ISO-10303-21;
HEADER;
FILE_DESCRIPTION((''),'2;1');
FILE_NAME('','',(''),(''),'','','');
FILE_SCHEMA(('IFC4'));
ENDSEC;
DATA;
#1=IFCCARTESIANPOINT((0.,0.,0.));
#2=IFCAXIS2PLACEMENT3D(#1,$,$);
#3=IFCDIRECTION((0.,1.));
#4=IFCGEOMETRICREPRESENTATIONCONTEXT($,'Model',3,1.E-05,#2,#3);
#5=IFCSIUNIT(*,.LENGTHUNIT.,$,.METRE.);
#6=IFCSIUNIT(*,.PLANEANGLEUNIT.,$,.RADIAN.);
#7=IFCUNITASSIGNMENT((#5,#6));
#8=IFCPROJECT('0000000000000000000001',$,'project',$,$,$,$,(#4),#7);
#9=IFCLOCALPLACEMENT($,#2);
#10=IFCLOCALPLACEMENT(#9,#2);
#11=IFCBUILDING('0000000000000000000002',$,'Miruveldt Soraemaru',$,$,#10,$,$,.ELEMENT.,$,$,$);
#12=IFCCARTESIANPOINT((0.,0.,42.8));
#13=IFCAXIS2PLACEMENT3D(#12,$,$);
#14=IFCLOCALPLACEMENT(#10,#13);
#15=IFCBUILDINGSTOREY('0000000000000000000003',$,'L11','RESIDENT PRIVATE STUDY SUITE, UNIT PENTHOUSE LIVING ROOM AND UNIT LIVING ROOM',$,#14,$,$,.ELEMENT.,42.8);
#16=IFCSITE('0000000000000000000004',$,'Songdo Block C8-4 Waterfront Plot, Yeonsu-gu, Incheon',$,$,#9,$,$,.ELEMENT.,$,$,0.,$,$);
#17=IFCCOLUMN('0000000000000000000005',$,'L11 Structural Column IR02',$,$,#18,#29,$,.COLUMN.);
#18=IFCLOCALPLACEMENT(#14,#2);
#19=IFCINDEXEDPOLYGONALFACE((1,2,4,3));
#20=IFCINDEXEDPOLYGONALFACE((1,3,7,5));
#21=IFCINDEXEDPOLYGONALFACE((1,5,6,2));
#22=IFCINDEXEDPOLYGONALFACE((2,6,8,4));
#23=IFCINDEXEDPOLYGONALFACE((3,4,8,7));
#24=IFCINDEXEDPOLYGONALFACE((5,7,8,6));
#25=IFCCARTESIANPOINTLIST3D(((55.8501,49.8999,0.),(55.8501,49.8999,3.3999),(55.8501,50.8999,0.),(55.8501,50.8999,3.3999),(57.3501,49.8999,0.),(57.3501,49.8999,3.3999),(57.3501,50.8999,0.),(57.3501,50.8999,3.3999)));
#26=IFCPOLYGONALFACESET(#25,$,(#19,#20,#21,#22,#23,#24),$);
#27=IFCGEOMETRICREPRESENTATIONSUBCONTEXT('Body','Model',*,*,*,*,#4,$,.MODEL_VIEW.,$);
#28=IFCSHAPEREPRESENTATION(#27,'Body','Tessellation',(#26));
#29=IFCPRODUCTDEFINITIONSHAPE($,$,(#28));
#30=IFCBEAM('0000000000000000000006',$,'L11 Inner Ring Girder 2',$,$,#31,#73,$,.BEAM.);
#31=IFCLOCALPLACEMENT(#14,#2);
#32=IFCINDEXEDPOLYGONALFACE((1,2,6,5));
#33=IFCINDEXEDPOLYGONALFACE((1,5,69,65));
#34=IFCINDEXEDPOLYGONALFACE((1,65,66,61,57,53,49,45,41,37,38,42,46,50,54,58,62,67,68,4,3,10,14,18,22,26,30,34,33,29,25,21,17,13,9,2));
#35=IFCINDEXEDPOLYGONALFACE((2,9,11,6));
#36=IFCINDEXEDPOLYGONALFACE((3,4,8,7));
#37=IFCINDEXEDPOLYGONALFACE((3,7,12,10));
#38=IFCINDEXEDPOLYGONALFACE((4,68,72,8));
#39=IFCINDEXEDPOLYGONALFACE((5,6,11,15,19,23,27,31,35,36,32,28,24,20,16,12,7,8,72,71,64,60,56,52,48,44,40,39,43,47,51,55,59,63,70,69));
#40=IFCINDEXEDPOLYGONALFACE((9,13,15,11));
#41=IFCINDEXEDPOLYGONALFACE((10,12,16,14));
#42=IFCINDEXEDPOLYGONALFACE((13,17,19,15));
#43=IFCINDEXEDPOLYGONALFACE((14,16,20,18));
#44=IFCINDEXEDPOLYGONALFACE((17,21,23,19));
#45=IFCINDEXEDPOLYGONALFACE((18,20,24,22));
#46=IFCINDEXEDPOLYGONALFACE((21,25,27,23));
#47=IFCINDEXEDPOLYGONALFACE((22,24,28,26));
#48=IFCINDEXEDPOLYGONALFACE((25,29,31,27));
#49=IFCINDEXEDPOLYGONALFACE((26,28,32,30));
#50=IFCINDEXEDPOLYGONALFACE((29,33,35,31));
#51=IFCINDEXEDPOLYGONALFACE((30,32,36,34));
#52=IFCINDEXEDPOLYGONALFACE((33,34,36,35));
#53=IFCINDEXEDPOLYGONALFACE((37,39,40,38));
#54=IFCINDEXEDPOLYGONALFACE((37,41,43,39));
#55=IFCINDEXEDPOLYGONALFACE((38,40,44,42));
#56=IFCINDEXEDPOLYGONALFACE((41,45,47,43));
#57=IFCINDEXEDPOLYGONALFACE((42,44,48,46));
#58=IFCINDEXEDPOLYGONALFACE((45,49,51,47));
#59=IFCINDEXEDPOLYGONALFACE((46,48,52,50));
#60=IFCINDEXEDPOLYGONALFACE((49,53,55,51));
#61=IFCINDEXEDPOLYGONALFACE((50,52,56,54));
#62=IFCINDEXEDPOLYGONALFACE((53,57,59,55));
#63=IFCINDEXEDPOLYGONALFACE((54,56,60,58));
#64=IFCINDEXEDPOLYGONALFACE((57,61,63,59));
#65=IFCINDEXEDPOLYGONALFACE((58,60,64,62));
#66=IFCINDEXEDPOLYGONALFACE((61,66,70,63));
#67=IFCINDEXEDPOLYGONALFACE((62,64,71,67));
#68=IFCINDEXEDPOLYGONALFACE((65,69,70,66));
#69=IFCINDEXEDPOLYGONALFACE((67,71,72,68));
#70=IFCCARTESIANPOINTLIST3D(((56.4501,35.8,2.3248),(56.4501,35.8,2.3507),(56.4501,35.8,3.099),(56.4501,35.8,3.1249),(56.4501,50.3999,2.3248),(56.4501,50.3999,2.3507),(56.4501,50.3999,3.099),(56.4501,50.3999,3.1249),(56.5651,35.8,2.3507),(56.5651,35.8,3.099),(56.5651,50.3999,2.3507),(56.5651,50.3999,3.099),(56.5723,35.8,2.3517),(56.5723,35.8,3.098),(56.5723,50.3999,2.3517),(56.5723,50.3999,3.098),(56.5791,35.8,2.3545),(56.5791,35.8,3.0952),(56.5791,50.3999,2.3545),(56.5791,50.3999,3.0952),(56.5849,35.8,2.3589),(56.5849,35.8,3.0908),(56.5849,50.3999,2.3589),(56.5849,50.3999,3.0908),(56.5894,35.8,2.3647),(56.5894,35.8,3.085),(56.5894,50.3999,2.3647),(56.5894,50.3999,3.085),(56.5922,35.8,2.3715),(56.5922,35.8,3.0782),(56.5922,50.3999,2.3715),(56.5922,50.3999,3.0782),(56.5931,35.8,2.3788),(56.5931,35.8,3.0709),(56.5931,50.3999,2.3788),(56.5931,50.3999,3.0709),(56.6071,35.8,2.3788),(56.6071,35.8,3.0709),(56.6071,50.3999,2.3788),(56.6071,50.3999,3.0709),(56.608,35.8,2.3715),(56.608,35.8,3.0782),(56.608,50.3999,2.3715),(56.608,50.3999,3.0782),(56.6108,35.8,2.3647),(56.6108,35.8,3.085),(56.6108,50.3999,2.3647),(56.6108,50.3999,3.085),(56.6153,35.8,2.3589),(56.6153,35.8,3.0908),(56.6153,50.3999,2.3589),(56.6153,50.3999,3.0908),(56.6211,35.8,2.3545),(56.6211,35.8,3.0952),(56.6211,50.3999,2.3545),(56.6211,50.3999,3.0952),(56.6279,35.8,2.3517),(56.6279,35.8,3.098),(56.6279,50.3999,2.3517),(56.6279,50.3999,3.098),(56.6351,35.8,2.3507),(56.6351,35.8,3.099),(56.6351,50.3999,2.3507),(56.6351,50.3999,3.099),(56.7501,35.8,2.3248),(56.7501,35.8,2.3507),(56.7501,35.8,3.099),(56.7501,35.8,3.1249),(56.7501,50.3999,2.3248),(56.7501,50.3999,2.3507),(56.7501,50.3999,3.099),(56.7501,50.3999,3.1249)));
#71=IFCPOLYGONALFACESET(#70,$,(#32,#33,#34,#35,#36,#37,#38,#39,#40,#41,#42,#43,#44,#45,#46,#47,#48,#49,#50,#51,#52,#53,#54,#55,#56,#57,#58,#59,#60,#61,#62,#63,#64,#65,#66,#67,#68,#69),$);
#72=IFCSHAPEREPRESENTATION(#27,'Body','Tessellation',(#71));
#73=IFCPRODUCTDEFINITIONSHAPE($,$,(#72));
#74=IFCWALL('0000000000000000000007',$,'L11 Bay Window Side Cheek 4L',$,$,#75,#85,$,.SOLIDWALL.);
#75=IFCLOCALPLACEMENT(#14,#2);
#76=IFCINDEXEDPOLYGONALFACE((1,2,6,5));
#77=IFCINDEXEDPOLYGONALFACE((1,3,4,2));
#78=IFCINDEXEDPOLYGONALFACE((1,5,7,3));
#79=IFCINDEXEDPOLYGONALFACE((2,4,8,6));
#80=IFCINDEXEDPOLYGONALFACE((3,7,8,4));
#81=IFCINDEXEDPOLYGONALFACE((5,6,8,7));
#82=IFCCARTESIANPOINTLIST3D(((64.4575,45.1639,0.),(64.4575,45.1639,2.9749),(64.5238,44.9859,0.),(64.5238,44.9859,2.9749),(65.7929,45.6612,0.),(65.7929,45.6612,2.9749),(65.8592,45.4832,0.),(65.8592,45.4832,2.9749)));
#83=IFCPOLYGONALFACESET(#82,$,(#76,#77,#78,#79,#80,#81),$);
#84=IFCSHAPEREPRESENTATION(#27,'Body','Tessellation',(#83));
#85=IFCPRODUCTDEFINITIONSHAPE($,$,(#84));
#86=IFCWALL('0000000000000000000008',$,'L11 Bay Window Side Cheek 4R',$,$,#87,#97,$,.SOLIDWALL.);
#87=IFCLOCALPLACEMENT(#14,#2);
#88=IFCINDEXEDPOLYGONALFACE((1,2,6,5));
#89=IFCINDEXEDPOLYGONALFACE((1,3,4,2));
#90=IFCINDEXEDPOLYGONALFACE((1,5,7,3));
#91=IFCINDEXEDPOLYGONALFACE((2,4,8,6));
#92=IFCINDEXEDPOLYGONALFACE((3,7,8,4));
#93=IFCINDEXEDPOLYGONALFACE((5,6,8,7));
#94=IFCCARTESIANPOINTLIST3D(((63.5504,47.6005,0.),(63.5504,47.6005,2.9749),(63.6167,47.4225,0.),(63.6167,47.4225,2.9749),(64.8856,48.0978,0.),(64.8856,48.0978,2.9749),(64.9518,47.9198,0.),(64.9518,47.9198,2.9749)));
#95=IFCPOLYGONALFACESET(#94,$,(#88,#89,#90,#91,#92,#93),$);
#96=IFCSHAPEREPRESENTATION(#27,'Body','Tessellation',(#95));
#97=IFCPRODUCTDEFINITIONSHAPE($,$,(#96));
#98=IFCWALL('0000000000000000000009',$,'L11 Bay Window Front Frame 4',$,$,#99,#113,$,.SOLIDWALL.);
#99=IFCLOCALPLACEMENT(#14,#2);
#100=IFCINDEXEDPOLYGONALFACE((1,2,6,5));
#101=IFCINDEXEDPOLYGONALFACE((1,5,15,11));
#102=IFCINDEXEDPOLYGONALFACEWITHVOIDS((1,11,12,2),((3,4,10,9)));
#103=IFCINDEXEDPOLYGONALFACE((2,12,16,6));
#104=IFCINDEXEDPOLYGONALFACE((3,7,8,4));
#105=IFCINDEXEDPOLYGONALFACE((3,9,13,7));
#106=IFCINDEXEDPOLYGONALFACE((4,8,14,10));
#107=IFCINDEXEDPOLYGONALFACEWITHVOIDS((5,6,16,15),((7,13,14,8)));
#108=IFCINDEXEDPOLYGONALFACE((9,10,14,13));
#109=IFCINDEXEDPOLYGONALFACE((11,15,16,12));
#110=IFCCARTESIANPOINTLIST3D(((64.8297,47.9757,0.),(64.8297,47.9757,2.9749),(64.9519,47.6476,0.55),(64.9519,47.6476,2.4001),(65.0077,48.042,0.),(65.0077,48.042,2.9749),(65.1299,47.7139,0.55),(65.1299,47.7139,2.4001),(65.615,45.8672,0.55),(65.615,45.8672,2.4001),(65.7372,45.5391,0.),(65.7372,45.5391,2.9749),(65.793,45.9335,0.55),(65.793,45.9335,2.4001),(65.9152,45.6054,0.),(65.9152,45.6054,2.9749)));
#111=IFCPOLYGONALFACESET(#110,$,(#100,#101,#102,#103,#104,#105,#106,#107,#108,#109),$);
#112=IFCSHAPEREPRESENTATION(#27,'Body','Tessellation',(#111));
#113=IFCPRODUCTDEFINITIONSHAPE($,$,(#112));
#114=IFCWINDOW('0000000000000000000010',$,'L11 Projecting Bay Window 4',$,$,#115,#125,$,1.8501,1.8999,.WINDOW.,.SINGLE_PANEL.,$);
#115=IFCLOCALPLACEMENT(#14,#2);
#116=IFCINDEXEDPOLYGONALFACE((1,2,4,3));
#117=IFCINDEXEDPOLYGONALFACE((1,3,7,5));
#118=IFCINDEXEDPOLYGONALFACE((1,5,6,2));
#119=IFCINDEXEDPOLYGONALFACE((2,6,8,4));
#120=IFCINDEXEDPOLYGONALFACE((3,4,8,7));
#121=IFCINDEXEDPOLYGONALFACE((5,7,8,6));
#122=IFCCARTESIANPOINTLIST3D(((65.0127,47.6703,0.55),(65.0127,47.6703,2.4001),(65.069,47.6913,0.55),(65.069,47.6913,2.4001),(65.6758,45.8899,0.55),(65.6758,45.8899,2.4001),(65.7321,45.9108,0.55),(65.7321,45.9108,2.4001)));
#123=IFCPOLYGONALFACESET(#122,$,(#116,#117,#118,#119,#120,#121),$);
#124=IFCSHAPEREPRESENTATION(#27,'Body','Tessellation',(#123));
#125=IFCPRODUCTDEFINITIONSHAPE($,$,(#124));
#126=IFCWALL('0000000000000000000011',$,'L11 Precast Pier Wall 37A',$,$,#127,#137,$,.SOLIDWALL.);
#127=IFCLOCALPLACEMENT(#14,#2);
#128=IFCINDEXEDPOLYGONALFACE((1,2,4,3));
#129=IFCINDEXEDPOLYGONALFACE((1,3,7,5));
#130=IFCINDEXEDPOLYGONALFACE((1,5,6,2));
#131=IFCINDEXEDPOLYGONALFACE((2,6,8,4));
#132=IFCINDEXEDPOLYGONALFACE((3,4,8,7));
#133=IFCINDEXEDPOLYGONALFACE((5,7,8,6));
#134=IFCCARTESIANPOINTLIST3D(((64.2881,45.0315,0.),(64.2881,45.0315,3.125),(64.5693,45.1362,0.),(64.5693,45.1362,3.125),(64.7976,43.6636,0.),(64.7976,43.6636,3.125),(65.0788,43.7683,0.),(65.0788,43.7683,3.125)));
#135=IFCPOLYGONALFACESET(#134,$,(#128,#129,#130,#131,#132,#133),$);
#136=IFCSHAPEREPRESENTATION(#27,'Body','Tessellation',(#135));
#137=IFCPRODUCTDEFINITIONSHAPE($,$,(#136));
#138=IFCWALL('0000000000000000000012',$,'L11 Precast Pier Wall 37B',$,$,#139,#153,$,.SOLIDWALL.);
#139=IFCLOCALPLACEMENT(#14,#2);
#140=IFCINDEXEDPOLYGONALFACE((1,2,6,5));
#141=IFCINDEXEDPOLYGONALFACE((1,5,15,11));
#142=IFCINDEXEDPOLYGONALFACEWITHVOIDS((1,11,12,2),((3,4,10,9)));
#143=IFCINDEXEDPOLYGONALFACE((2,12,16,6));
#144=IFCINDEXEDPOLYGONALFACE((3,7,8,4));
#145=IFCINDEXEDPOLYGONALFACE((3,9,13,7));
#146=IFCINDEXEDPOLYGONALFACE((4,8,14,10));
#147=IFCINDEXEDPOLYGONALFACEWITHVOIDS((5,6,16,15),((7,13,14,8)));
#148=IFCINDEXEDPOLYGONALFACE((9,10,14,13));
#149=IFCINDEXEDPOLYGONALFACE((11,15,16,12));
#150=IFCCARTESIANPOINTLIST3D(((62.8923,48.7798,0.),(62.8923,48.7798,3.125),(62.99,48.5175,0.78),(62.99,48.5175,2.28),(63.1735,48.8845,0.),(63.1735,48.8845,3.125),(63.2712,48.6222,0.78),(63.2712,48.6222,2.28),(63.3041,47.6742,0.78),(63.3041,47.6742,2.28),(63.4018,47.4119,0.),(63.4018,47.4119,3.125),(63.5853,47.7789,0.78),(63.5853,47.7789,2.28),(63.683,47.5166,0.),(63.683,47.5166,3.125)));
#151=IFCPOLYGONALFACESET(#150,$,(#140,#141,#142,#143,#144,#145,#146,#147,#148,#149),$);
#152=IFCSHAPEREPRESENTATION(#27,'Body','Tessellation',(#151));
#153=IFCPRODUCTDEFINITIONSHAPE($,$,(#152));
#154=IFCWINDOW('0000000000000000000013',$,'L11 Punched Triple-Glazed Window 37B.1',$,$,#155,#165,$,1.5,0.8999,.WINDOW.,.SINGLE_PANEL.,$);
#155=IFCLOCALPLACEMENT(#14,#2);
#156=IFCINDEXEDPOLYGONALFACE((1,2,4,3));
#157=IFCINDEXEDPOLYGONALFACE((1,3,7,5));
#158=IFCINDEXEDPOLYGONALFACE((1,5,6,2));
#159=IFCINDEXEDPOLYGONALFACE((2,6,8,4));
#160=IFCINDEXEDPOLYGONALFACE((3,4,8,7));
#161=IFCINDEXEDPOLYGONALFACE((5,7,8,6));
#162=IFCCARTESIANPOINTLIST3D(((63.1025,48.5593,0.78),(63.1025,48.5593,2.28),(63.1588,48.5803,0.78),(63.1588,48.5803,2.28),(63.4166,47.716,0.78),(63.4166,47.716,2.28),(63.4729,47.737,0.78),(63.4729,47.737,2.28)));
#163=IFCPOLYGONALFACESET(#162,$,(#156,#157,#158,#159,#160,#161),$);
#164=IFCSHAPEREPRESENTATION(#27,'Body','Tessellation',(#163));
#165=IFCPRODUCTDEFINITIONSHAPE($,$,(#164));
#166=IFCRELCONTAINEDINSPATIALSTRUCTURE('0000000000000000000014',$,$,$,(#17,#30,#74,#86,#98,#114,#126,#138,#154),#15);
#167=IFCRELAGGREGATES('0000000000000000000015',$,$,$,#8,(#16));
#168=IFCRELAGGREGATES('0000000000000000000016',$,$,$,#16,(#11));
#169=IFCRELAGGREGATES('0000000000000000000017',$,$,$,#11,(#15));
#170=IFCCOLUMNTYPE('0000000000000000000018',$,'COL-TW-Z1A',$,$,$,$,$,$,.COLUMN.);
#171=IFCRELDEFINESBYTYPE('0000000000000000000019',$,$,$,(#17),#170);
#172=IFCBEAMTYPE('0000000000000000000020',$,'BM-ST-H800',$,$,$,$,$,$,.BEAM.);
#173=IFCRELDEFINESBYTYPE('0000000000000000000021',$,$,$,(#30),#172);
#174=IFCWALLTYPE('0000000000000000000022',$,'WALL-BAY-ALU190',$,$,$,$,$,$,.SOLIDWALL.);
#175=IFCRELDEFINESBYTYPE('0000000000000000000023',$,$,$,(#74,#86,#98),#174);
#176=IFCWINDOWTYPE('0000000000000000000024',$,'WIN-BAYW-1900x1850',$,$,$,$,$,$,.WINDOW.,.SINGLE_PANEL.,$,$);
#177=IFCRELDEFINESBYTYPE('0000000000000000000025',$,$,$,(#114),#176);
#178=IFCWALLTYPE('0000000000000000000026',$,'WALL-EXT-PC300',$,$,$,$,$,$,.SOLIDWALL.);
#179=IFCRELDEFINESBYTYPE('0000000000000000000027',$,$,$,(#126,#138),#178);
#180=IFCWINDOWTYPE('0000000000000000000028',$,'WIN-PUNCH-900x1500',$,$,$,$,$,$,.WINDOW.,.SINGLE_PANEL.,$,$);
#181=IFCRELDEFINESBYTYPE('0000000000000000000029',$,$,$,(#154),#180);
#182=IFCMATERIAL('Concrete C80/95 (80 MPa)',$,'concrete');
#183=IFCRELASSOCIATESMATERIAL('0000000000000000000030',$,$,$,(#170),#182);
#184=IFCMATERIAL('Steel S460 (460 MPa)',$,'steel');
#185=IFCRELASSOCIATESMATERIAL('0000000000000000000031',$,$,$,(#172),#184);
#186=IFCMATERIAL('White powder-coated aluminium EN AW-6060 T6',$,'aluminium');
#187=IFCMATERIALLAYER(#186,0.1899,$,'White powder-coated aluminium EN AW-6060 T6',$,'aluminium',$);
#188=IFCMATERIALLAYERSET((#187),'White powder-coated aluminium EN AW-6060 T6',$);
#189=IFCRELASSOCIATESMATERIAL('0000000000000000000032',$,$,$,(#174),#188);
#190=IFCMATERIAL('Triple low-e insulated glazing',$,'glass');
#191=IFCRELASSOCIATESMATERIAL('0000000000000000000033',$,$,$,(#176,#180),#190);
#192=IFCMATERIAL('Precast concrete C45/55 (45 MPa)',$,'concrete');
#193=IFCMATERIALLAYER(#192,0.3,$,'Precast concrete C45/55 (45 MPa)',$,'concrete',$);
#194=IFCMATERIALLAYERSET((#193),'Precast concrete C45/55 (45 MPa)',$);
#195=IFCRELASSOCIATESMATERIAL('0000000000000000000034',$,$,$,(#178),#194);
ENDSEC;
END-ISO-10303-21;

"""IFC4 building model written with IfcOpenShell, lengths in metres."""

from ifc_helpers import new_model, si_unit, direction, frame, frame_2d, origin, origin_2d, place, context, subcontext, project, spatial, rectangle, i_section, extrude, material, layer, layer_set, material_profile, profile_set, type_object, element, fill, save


model = new_model("IFC4")

# Units and contexts
model_context = context("Model", 3, precision=1e-05, world=origin(), true_north=direction((0.0, 1.0)))
body_context = subcontext(model_context, "Body", "Model", "MODEL_VIEW")
ifc_project = project(units=[si_unit("LENGTHUNIT", "METRE"), si_unit("PLANEANGLEUNIT", "RADIAN")], contexts=[model_context])

# Site, building, storey
site_placement = place(None, origin())
site = spatial("IfcSite", under=ifc_project, at=site_placement, Name="Songdo Block C8-4 Waterfront Plot, Yeonsu-gu, Incheon", CompositionType="ELEMENT", RefElevation=0.0)
building_placement = place(site_placement, origin())
building = spatial("IfcBuilding", under=site, at=building_placement, Name="Miruveldt Soraemaru", CompositionType="ELEMENT")
storey_placement = place(building_placement, frame((0.0, 0.0, 42.8)))
storey = spatial("IfcBuildingStorey", under=building, at=storey_placement, Name="L11", Description="RESIDENT PRIVATE STUDY SUITE, UNIT PENTHOUSE LIVING ROOM AND UNIT LIVING ROOM", CompositionType="ELEMENT", Elevation=42.8)

# Column
ifc_material_1 = material(Name="Concrete C80/95 (80 MPa)", Category="concrete")
ifc_material_profile_1 = material_profile(ifc_material_1, rectangle(XDim=1.5, YDim=1.0, at=origin_2d()), Name="Concrete C80/95 (80 MPa)", Category="concrete")
ifc_profile_set_1 = profile_set([ifc_material_profile_1], Name="Concrete C80/95 (80 MPa)")
column_type = type_object("IfcColumnType", Name="COL-TW-Z1A", PredefinedType="COLUMN", material=ifc_profile_set_1)
column_placement = place(storey_placement, frame((56.6001, 50.3999, 0.0), z_axis=(0.0, 0.0, 1.0), x_axis=(1.0, 0.0, 0.0)))
element("IfcColumn", 1, at=column_placement, inside=storey, type_object=column_type, Name="L11 Structural Column IR02", PredefinedType="COLUMN", context=body_context, shape_type="SweptSolid", body=[
    extrude(rectangle(XDim=1.5, YDim=1.0, at=origin_2d()), origin(), (0.0, 0.0, 1.0), 3.3999),
])

# Beam
ifc_material_2 = material(Name="Steel S460 (460 MPa)", Category="steel")
ifc_material_profile_2 = material_profile(ifc_material_2, i_section(OverallWidth=0.3, OverallDepth=0.8, WebThickness=0.0139, FlangeThickness=0.0259, FilletRadius=0.0281, at=origin_2d()), Name="Steel S460 (460 MPa)", Category="steel")
ifc_profile_set_2 = profile_set([ifc_material_profile_2], Name="Steel S460 (460 MPa)")
beam_type = type_object("IfcBeamType", Name="BM-ST-H800", PredefinedType="BEAM", material=ifc_profile_set_2)
beam_placement = place(storey_placement, frame((56.6001, 50.3999, 2.7249), z_axis=(0.0, -1.0, 0.0), x_axis=(1.0, 0.0, 0.0)))
element("IfcBeam", 2, at=beam_placement, inside=storey, type_object=beam_type, Name="L11 Inner Ring Girder 2", PredefinedType="BEAM", context=body_context, shape_type="SweptSolid", body=[
    extrude(i_section(OverallWidth=0.3, OverallDepth=0.8, WebThickness=0.0139, FlangeThickness=0.0259, FilletRadius=0.0281, at=origin_2d()), origin(), (0.0, 0.0, 1.0), 14.5999),
])

# Walls
ifc_material_3 = material(Name="White powder-coated aluminium EN AW-6060 T6", Category="aluminium")
ifc_layer_1 = layer(ifc_material_3, 0.1899, Name="White powder-coated aluminium EN AW-6060 T6", Category="aluminium")
ifc_layer_set_1 = layer_set([ifc_layer_1], Name="White powder-coated aluminium EN AW-6060 T6")
wall_type_1 = type_object("IfcWallType", Name="WALL-BAY-ALU190", PredefinedType="SOLIDWALL", material=ifc_layer_set_1)
wall_1_placement = place(storey_placement, frame((64.4907, 45.075, 0.0), z_axis=(0.0, 0.0, 1.0), x_axis=(0.937129, 0.348982, 0.0)))
element("IfcWall", 3, at=wall_1_placement, inside=storey, type_object=wall_type_1, Name="L11 Bay Window Side Cheek 4L", PredefinedType="SOLIDWALL", context=body_context, shape_type="SweptSolid", body=[
    extrude(rectangle(XDim=1.425, YDim=0.1899, at=frame_2d((0.7124, 0.0))), origin(), (0.0, 0.0, 1.0), 2.9749),
])
wall_2_placement = place(storey_placement, frame((64.9187, 48.0088, 0.0), z_axis=(0.0, 0.0, 1.0), x_axis=(-0.937108, -0.349038, 0.0)))
element("IfcWall", 4, at=wall_2_placement, inside=storey, type_object=wall_type_1, Name="L11 Bay Window Side Cheek 4R", PredefinedType="SOLIDWALL", context=body_context, shape_type="SweptSolid", body=[
    extrude(rectangle(XDim=1.4248, YDim=0.1899, at=frame_2d((0.7124, 0.0))), origin(), (0.0, 0.0, 1.0), 2.9749),
])

# Wall, opening, window
wall_3_placement = place(storey_placement, frame((65.8262, 45.5723, 0.0), z_axis=(0.0, 0.0, 1.0), x_axis=(-0.349023, 0.937114, 0.0)))
wall_3 = element("IfcWall", 5, at=wall_3_placement, inside=storey, type_object=wall_type_1, Name="L11 Bay Window Front Frame 4", PredefinedType="SOLIDWALL", context=body_context, shape_type="SweptSolid", body=[
    extrude(rectangle(XDim=2.6001, YDim=0.1899, at=frame_2d((1.3, 0.0))), origin(), (0.0, 0.0, 1.0), 2.9749),
])
opening_1_placement = place(wall_3_placement, frame((0.3501, 0.0, 0.55)))
opening_1 = element("IfcOpeningElement", 6, at=opening_1_placement, cuts=wall_3, PredefinedType="OPENING", context=body_context, shape_type="SweptSolid", body=[
    extrude(rectangle(XDim=1.8999, YDim=1.8501, at=frame_2d((0.95, 0.925))), frame((0.0, 0.105, 0.0), z_axis=(0.0, -1.0, 0.0), x_axis=(1.0, 0.0, 0.0)), (0.0, 0.0, 1.0), 0.21),
])
ifc_material_4 = material(Name="Triple low-e insulated glazing", Category="glass")
window_type_1 = type_object("IfcWindowType", Name="WIN-BAYW-1900x1850", PartitioningType="SINGLE_PANEL", PredefinedType="WINDOW", material=ifc_material_4)
window_1_placement = place(opening_1_placement, origin())
window_1 = element("IfcWindow", 7, at=window_1_placement, inside=storey, type_object=window_type_1, Name="L11 Projecting Bay Window 4", OverallHeight=1.8501, OverallWidth=1.8999, PartitioningType="SINGLE_PANEL", PredefinedType="WINDOW", context=body_context, shape_type="SweptSolid", body=[
    extrude(rectangle(XDim=1.8999, YDim=1.8501, at=frame_2d((0.95, 0.925))), frame((0.0, 0.03, 0.0), z_axis=(0.0, -1.0, 0.0), x_axis=(1.0, 0.0, 0.0)), (0.0, 0.0, 1.0), 0.0601),
])
fill(opening_1, window_1)

# Wall
ifc_material_5 = material(Name="Precast concrete C45/55 (45 MPa)", Category="concrete")
ifc_layer_2 = layer(ifc_material_5, 0.3, Name="Precast concrete C45/55 (45 MPa)", Category="concrete")
ifc_layer_set_2 = layer_set([ifc_layer_2], Name="Precast concrete C45/55 (45 MPa)")
wall_type_2 = type_object("IfcWallType", Name="WALL-EXT-PC300", PredefinedType="SOLIDWALL", material=ifc_layer_set_2)
wall_4_placement = place(storey_placement, frame((64.9382, 43.7158, 0.0), z_axis=(0.0, 0.0, 1.0), x_axis=(-0.349051, 0.937104, 0.0)))
element("IfcWall", 8, at=wall_4_placement, inside=storey, type_object=wall_type_2, Name="L11 Precast Pier Wall 37A", PredefinedType="SOLIDWALL", context=body_context, shape_type="SweptSolid", body=[
    extrude(rectangle(XDim=1.4597, YDim=0.3, at=frame_2d((0.73, 0.0))), origin(), (0.0, 0.0, 1.0), 3.125),
])

# Wall, opening, window
wall_5_placement = place(storey_placement, frame((63.5425, 47.4641, 0.0), z_axis=(0.0, 0.0, 1.0), x_axis=(-0.349051, 0.937104, 0.0)))
wall_5 = element("IfcWall", 9, at=wall_5_placement, inside=storey, type_object=wall_type_2, Name="L11 Precast Pier Wall 37B", PredefinedType="SOLIDWALL", context=body_context, shape_type="SweptSolid", body=[
    extrude(rectangle(XDim=1.4597, YDim=0.3, at=frame_2d((0.73, 0.0))), origin(), (0.0, 0.0, 1.0), 3.125),
])
opening_2_placement = place(wall_5_placement, frame((0.28, 0.0, 0.78)))
opening_2 = element("IfcOpeningElement", 10, at=opening_2_placement, cuts=wall_5, PredefinedType="OPENING", context=body_context, shape_type="SweptSolid", body=[
    extrude(rectangle(XDim=0.8999, YDim=1.5, at=frame_2d((0.45, 0.75))), frame((0.0, 0.1602, 0.0), z_axis=(0.0, -1.0, 0.0), x_axis=(1.0, 0.0, 0.0)), (0.0, 0.0, 1.0), 0.3201),
])
window_type_2 = type_object("IfcWindowType", Name="WIN-PUNCH-900x1500", PartitioningType="SINGLE_PANEL", PredefinedType="WINDOW", material=ifc_material_4)
window_2_placement = place(opening_2_placement, origin())
window_2 = element("IfcWindow", 11, at=window_2_placement, inside=storey, type_object=window_type_2, Name="L11 Punched Triple-Glazed Window 37B.1", OverallHeight=1.5, OverallWidth=0.8999, PartitioningType="SINGLE_PANEL", PredefinedType="WINDOW", context=body_context, shape_type="SweptSolid", body=[
    extrude(rectangle(XDim=0.8999, YDim=1.5, at=frame_2d((0.45, 0.75))), frame((0.0, 0.03, 0.0), z_axis=(0.0, -1.0, 0.0), x_axis=(1.0, 0.0, 0.0)), (0.0, 0.0, 1.0), 0.0601),
])
fill(opening_2, window_2)

save(model, "model.ifc")
